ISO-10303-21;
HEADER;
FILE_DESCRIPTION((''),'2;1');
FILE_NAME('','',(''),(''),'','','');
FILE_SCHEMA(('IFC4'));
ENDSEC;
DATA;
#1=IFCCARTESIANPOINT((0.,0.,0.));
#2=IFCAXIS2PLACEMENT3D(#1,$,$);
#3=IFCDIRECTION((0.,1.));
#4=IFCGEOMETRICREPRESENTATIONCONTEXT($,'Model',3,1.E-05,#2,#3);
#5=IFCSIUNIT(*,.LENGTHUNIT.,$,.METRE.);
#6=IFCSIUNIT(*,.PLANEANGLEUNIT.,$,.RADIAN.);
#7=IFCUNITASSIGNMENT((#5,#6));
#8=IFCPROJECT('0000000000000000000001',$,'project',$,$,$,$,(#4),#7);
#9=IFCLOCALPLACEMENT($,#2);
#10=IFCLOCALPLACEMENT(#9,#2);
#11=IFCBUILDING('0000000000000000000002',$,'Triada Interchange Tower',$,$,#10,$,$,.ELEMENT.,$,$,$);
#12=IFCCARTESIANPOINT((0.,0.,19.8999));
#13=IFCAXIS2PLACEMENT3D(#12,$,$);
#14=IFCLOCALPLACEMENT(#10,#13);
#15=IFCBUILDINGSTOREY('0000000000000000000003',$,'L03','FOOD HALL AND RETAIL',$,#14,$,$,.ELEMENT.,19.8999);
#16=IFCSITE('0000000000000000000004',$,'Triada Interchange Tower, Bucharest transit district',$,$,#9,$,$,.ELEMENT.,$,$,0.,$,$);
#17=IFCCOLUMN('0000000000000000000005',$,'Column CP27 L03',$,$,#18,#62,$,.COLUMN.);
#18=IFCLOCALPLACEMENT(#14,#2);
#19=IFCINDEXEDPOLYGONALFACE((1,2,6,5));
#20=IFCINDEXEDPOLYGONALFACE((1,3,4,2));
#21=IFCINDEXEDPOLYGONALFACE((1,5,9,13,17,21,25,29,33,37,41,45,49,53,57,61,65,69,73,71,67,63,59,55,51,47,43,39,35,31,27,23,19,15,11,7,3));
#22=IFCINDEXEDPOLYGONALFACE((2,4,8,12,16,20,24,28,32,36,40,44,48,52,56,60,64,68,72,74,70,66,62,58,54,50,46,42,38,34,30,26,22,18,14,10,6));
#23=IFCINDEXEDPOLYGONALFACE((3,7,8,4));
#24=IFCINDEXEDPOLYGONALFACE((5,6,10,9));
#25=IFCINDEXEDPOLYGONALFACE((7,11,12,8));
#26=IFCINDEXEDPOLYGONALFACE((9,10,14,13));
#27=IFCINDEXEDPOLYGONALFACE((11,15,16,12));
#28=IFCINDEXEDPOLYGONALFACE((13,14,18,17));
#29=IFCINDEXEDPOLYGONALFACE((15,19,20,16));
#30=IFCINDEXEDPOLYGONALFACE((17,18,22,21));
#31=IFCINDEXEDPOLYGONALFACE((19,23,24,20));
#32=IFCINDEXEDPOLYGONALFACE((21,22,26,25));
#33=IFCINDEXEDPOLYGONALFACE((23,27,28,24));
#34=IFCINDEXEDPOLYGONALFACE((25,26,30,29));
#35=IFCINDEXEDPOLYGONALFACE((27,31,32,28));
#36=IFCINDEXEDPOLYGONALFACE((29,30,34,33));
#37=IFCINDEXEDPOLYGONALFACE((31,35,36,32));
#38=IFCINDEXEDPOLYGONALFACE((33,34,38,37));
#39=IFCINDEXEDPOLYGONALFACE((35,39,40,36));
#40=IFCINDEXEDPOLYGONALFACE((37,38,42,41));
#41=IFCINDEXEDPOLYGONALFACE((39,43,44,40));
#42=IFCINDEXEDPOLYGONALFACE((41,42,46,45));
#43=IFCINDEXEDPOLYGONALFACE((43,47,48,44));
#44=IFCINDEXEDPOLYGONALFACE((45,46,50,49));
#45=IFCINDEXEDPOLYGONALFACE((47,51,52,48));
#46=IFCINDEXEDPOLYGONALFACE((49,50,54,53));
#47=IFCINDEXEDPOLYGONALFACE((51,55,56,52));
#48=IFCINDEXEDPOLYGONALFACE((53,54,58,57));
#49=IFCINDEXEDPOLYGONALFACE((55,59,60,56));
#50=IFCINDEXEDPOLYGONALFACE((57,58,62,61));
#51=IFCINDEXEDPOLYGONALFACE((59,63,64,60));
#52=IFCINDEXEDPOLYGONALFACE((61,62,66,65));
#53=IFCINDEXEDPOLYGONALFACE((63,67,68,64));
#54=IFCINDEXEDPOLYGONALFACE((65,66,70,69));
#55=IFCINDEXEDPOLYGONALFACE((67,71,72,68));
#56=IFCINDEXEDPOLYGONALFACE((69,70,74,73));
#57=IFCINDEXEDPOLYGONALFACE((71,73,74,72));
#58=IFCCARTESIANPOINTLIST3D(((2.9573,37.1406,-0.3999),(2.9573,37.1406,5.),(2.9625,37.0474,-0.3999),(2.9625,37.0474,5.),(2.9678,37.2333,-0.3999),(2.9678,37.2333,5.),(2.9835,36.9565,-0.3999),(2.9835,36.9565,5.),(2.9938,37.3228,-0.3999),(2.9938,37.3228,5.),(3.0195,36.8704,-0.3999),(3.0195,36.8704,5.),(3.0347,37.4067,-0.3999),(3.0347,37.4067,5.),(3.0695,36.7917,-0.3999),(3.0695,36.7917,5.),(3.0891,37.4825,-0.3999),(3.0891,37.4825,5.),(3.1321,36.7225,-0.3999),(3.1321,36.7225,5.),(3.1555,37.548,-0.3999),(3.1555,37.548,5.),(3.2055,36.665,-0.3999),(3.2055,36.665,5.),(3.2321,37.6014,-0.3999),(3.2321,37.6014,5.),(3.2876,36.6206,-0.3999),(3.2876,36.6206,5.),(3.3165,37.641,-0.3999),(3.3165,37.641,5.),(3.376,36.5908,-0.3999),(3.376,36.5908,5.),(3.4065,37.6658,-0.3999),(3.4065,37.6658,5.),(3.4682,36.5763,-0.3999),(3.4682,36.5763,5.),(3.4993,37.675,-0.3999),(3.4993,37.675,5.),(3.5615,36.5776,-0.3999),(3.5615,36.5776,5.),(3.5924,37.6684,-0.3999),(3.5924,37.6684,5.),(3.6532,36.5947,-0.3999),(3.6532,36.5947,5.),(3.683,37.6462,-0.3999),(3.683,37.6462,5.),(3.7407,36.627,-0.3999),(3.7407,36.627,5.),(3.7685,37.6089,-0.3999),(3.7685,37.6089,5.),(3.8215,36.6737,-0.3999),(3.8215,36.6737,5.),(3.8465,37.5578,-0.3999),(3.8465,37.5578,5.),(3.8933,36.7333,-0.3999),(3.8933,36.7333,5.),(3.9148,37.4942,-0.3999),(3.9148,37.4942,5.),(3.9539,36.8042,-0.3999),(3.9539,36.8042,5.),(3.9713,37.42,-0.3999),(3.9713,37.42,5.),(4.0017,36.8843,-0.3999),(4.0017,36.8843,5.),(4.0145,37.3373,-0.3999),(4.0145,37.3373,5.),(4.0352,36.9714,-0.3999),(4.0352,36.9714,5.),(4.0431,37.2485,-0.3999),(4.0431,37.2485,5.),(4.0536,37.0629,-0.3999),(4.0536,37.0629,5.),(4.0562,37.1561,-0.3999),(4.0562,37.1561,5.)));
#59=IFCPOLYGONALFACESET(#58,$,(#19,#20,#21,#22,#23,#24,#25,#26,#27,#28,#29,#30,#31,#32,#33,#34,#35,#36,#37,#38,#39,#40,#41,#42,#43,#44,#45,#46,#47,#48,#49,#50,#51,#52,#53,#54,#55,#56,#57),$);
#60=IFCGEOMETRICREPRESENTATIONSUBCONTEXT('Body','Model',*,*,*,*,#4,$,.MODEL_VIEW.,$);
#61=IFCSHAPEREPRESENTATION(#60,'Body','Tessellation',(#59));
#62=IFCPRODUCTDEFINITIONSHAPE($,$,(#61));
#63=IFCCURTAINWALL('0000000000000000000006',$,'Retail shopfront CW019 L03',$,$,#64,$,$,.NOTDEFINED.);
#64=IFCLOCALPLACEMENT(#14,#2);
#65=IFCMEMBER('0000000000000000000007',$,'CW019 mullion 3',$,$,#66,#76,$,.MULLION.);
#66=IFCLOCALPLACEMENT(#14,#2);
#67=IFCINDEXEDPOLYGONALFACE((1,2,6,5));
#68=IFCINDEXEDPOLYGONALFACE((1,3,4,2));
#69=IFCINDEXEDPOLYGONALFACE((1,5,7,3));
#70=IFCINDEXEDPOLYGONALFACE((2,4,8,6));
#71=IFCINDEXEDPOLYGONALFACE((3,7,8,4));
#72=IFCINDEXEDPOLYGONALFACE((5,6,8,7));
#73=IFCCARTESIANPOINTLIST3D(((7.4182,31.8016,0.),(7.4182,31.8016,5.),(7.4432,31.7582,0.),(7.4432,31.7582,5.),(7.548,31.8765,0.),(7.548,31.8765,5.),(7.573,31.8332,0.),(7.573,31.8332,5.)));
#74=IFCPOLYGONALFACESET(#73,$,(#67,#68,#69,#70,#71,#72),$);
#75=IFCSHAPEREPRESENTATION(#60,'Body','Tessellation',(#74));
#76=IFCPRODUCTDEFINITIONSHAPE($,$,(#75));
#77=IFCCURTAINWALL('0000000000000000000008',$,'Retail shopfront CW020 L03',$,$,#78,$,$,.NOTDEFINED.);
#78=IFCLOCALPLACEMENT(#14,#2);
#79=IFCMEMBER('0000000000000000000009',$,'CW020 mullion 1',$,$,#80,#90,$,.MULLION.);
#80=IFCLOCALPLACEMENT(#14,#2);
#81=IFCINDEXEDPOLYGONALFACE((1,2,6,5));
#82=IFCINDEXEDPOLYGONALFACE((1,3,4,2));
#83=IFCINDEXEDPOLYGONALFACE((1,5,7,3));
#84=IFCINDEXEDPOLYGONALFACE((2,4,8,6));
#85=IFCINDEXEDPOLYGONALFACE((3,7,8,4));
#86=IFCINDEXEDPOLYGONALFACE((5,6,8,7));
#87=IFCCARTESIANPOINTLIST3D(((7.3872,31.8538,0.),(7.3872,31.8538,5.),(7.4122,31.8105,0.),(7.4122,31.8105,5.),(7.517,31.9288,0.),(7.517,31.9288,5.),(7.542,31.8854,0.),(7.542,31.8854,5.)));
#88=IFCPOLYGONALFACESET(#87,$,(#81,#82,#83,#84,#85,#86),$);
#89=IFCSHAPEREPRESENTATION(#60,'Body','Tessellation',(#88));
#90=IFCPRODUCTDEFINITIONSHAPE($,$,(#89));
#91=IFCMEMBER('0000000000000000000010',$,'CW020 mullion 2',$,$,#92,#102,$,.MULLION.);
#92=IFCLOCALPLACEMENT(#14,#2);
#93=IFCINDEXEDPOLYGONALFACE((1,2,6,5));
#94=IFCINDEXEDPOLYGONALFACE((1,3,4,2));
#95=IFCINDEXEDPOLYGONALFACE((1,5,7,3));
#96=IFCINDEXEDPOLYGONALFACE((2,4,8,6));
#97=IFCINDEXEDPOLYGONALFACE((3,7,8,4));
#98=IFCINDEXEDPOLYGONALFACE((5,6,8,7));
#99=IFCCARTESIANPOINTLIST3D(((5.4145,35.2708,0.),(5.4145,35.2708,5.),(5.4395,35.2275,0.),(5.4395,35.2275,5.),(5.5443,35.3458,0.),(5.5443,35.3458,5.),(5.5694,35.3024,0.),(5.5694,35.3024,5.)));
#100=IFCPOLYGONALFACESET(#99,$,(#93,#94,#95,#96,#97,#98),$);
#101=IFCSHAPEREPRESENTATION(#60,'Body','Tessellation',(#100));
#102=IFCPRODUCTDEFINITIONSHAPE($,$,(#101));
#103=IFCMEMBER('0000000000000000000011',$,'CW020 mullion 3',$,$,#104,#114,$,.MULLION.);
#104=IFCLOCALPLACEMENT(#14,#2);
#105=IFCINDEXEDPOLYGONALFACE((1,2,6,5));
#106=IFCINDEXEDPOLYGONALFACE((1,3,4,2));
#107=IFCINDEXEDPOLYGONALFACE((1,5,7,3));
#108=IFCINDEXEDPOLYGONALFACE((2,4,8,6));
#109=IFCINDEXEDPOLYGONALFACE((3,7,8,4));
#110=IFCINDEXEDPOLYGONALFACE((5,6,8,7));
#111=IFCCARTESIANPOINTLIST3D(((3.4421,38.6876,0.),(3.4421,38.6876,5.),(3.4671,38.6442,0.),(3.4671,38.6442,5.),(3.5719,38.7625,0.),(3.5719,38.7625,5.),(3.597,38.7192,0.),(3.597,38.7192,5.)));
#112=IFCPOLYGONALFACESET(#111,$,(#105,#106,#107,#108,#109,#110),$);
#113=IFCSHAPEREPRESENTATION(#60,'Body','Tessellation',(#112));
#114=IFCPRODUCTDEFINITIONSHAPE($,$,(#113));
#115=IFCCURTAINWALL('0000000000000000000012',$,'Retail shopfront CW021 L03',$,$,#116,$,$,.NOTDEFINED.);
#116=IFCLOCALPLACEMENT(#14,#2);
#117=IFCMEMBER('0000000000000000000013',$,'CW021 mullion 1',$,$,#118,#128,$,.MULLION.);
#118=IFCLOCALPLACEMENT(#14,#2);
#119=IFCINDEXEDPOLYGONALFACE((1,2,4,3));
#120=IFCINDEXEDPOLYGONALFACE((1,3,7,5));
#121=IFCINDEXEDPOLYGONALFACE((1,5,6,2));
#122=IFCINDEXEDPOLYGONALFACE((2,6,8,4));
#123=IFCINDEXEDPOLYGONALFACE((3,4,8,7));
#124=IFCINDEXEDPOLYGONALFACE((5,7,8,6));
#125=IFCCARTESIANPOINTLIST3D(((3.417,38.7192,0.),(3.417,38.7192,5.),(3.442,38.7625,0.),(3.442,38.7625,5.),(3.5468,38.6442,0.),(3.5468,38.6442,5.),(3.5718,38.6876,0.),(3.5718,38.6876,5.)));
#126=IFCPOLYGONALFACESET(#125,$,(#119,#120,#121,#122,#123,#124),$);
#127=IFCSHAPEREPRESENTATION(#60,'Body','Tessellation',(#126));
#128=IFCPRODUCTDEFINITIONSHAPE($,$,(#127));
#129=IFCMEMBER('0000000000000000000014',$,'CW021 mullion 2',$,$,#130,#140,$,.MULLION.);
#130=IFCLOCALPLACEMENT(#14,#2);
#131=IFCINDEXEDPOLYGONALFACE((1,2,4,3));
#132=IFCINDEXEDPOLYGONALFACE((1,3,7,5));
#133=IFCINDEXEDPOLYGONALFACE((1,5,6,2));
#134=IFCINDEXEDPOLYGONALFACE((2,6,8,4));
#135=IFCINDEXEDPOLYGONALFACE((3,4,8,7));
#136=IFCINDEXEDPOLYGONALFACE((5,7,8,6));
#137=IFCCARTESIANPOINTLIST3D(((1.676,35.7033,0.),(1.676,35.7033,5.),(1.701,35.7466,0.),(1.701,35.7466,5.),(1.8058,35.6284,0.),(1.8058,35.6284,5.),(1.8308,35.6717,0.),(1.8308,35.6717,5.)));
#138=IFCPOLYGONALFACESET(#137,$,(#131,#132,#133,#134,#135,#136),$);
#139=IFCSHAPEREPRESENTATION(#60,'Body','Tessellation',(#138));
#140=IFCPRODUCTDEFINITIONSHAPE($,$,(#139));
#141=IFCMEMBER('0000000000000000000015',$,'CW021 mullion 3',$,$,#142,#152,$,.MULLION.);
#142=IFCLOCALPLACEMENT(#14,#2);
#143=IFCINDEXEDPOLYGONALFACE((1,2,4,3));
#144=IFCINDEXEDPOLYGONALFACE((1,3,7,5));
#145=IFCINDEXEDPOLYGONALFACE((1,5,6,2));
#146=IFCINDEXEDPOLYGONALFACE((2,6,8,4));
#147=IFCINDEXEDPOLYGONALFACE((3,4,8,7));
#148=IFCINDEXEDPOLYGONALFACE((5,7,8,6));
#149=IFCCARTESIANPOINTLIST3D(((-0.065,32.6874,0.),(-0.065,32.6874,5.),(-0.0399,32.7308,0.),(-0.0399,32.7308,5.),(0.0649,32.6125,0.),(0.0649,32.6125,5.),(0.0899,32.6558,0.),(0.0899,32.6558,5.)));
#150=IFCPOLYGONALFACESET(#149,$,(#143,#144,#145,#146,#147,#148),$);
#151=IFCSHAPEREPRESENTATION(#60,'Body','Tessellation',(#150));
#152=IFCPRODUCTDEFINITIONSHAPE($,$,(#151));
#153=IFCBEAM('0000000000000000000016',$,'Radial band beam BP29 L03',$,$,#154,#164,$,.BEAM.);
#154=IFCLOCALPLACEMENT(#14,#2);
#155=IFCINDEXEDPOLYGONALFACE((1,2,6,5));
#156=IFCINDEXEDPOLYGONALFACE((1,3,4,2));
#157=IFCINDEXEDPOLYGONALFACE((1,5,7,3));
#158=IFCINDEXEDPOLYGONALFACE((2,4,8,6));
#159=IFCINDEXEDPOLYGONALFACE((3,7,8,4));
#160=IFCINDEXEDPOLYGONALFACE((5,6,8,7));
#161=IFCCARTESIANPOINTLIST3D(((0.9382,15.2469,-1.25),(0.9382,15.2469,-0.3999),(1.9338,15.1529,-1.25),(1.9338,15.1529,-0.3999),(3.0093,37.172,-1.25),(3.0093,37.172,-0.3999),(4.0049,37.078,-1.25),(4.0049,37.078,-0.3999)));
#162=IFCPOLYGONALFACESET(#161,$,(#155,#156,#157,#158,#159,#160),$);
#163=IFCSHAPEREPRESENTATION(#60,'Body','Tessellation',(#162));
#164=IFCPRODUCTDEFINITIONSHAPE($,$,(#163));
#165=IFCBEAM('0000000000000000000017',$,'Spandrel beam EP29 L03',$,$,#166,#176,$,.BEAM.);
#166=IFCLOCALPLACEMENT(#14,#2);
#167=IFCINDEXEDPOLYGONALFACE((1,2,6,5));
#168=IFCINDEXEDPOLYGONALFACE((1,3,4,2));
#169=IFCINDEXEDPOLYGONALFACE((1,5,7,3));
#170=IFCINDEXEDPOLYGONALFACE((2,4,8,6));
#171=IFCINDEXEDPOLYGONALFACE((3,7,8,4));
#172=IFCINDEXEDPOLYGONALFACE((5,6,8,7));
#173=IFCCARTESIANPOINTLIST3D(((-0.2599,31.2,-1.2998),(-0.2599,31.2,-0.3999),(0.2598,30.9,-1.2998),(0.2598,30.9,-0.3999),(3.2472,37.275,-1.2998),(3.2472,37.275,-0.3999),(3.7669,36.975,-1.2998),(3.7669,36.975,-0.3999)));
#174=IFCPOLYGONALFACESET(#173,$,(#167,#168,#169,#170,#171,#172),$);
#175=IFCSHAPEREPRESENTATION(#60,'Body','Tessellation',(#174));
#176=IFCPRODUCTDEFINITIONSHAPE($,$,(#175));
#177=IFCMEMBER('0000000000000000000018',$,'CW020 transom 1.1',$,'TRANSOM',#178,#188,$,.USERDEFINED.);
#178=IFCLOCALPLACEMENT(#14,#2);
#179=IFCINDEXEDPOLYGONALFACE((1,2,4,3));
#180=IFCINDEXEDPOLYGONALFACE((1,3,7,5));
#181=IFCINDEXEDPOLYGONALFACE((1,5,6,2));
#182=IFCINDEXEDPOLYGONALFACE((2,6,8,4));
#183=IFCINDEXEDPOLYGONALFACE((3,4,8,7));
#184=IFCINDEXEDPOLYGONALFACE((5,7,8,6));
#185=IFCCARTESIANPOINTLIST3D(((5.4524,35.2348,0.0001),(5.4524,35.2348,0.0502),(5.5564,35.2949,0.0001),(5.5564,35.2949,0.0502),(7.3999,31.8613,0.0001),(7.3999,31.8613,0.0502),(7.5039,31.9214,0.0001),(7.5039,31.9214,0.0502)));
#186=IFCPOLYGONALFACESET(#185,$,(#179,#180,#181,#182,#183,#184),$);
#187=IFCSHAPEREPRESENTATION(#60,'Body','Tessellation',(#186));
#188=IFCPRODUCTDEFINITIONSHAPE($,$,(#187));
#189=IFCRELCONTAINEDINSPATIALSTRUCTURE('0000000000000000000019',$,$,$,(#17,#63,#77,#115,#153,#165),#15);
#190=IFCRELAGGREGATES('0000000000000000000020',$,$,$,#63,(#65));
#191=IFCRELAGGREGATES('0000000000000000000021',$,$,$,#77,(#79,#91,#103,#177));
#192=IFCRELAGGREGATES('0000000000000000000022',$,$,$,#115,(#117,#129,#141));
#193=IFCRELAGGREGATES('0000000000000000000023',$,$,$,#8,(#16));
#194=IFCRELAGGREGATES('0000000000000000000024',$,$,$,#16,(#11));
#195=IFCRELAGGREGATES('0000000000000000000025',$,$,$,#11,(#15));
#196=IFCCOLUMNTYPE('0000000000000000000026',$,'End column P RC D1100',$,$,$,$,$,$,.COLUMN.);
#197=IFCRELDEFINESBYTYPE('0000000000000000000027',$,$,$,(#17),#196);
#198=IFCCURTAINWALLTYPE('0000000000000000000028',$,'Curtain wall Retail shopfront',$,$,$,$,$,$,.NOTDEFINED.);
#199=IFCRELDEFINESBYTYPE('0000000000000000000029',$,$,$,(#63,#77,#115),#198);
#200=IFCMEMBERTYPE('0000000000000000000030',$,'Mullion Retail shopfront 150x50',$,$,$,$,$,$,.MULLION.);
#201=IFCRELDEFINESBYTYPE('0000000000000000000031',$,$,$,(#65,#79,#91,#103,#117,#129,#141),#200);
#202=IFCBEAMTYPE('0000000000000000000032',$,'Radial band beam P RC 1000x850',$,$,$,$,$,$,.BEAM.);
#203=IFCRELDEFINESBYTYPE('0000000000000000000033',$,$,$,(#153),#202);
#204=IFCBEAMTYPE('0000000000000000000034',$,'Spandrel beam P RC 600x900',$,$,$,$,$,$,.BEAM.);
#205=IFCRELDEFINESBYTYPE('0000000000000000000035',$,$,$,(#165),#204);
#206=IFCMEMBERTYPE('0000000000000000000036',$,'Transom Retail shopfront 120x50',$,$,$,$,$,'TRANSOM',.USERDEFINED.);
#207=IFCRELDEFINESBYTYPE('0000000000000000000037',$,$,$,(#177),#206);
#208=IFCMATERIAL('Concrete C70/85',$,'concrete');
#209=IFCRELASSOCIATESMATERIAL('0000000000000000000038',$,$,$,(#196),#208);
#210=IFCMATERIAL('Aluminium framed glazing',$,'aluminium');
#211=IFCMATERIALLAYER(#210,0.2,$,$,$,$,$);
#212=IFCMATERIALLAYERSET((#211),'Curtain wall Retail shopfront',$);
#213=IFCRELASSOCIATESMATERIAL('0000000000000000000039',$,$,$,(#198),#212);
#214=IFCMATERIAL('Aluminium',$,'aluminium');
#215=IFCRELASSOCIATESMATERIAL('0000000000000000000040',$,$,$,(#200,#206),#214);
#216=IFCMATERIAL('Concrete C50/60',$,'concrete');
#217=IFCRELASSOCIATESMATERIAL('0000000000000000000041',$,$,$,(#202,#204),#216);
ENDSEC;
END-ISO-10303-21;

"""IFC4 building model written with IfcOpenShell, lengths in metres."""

from ifc_helpers import new_model, si_unit, direction, frame, origin, origin_2d, place, context, subcontext, project, spatial, rectangle, circle, extrude, material, layer, layer_set, material_profile, profile_set, type_object, element, aggregate, save


model = new_model("IFC4")

# Units and contexts
model_context = context("Model", 3, precision=1e-05, world=origin(), true_north=direction((0.0, 1.0)))
body_context = subcontext(model_context, "Body", "Model", "MODEL_VIEW")
ifc_project = project(units=[si_unit("LENGTHUNIT", "METRE"), si_unit("PLANEANGLEUNIT", "RADIAN")], contexts=[model_context])

# Site, building, storey
site_placement = place(None, origin())
site = spatial("IfcSite", under=ifc_project, at=site_placement, Name="Triada Interchange Tower, Bucharest transit district", CompositionType="ELEMENT", RefElevation=0.0)
building_placement = place(site_placement, origin())
building = spatial("IfcBuilding", under=site, at=building_placement, Name="Triada Interchange Tower", CompositionType="ELEMENT")
storey_placement = place(building_placement, frame((0.0, 0.0, 19.8999)))
storey = spatial("IfcBuildingStorey", under=building, at=storey_placement, Name="L03", Description="FOOD HALL AND RETAIL", CompositionType="ELEMENT", Elevation=19.8999)

# Column
ifc_material_1 = material(Name="Concrete C70/85", Category="concrete")
ifc_material_profile_1 = material_profile(ifc_material_1, circle(Radius=0.55, at=origin_2d()), Name="RC D1100")
ifc_profile_set_1 = profile_set([ifc_material_profile_1], Name="Concrete C70/85")
column_type = type_object("IfcColumnType", Name="End column P RC D1100", PredefinedType="COLUMN", material=ifc_profile_set_1)
column_placement = place(storey_placement, frame((3.5071, 37.125, -0.3999), z_axis=(0.0, 0.0, 1.0), x_axis=(-0.5, 0.866025, 0.0)))
element("IfcColumn", 1, at=column_placement, inside=storey, type_object=column_type, Name="Column CP27 L03", PredefinedType="COLUMN", context=body_context, shape_type="SweptSolid", body=[
    extrude(circle(Radius=0.55, at=origin_2d()), origin(), (0.0, 0.0, 1.0), 5.3999),
])

# Curtain wall, member
ifc_material_2 = material(Name="Aluminium framed glazing", Category="aluminium")
ifc_layer_1 = layer(ifc_material_2, 0.2)
ifc_layer_set_1 = layer_set([ifc_layer_1], Name="Curtain wall Retail shopfront")
curtain_wall_type = type_object("IfcCurtainWallType", Name="Curtain wall Retail shopfront", PredefinedType="NOTDEFINED", material=ifc_layer_set_1)
curtain_wall_1_placement = place(storey_placement, origin())
curtain_wall_1 = element("IfcCurtainWall", 2, at=curtain_wall_1_placement, inside=storey, type_object=curtain_wall_type, Name="Retail shopfront CW019 L03", PredefinedType="NOTDEFINED")
ifc_material_3 = material(Name="Aluminium", Category="aluminium")
ifc_material_profile_2 = material_profile(ifc_material_3, rectangle(XDim=0.1499, YDim=0.05, at=origin_2d()), Name="Aluminium mullion")
ifc_profile_set_2 = profile_set([ifc_material_profile_2], Name="Aluminium")
member_type_1 = type_object("IfcMemberType", Name="Mullion Retail shopfront 150x50", PredefinedType="MULLION", material=ifc_profile_set_2)
member_1_placement = place(storey_placement, frame((7.4956, 31.8174, 0.0), z_axis=(0.0, 0.0, 1.0), x_axis=(-0.866055, -0.499948, 0.0)))
member_1 = element("IfcMember", 3, at=member_1_placement, type_object=member_type_1, Name="CW019 mullion 3", PredefinedType="MULLION", context=body_context, shape_type="SweptSolid", body=[
    extrude(rectangle(XDim=0.1499, YDim=0.05, at=origin_2d()), origin(), (0.0, 0.0, 1.0), 5.0),
])
aggregate(curtain_wall_1, [member_1])

# Curtain walls, members
curtain_wall_2_placement = place(storey_placement, origin())
curtain_wall_2 = element("IfcCurtainWall", 4, at=curtain_wall_2_placement, inside=storey, type_object=curtain_wall_type, Name="Retail shopfront CW020 L03", PredefinedType="NOTDEFINED")
member_2_placement = place(storey_placement, frame((7.4646, 31.8696, 0.0), z_axis=(0.0, 0.0, 1.0), x_axis=(-0.866049, -0.499959, 0.0)))
member_2 = element("IfcMember", 5, at=member_2_placement, type_object=member_type_1, Name="CW020 mullion 1", PredefinedType="MULLION", context=body_context, shape_type="SweptSolid", body=[
    extrude(rectangle(XDim=0.1499, YDim=0.05, at=origin_2d()), origin(), (0.0, 0.0, 1.0), 5.0),
])
member_3_placement = place(storey_placement, frame((5.4919, 35.2866, 0.0), z_axis=(0.0, 0.0, 1.0), x_axis=(-0.866049, -0.499959, 0.0)))
member_3 = element("IfcMember", 6, at=member_3_placement, type_object=member_type_1, Name="CW020 mullion 2", PredefinedType="MULLION", context=body_context, shape_type="SweptSolid", body=[
    extrude(rectangle(XDim=0.1499, YDim=0.05, at=origin_2d()), origin(), (0.0, 0.0, 1.0), 5.0),
])
member_4_placement = place(storey_placement, frame((3.5195, 38.7034, 0.0), z_axis=(0.0, 0.0, 1.0), x_axis=(-0.866049, -0.499959, 0.0)))
member_4 = element("IfcMember", 7, at=member_4_placement, type_object=member_type_1, Name="CW020 mullion 3", PredefinedType="MULLION", context=body_context, shape_type="SweptSolid", body=[
    extrude(rectangle(XDim=0.1499, YDim=0.05, at=origin_2d()), origin(), (0.0, 0.0, 1.0), 5.0),
])
curtain_wall_3_placement = place(storey_placement, origin())
curtain_wall_3 = element("IfcCurtainWall", 8, at=curtain_wall_3_placement, inside=storey, type_object=curtain_wall_type, Name="Retail shopfront CW021 L03", PredefinedType="NOTDEFINED")
member_5_placement = place(storey_placement, frame((3.4944, 38.7034, 0.0), z_axis=(0.0, 0.0, 1.0), x_axis=(0.86605, -0.499957, 0.0)))
member_5 = element("IfcMember", 9, at=member_5_placement, type_object=member_type_1, Name="CW021 mullion 1", PredefinedType="MULLION", context=body_context, shape_type="SweptSolid", body=[
    extrude(rectangle(XDim=0.1499, YDim=0.05, at=origin_2d()), origin(), (0.0, 0.0, 1.0), 5.0),
])
member_6_placement = place(storey_placement, frame((1.7534, 35.6875, 0.0), z_axis=(0.0, 0.0, 1.0), x_axis=(0.86605, -0.499957, 0.0)))
member_6 = element("IfcMember", 10, at=member_6_placement, type_object=member_type_1, Name="CW021 mullion 2", PredefinedType="MULLION", context=body_context, shape_type="SweptSolid", body=[
    extrude(rectangle(XDim=0.1499, YDim=0.05, at=origin_2d()), origin(), (0.0, 0.0, 1.0), 5.0),
])
member_7_placement = place(storey_placement, frame((0.0125, 32.6716, 0.0), z_axis=(0.0, 0.0, 1.0), x_axis=(0.86605, -0.499957, 0.0)))
member_7 = element("IfcMember", 11, at=member_7_placement, type_object=member_type_1, Name="CW021 mullion 3", PredefinedType="MULLION", context=body_context, shape_type="SweptSolid", body=[
    extrude(rectangle(XDim=0.1499, YDim=0.05, at=origin_2d()), origin(), (0.0, 0.0, 1.0), 5.0),
])

# Beams
ifc_material_4 = material(Name="Concrete C50/60", Category="concrete")
ifc_material_profile_3 = material_profile(ifc_material_4, rectangle(XDim=1.0, YDim=0.8501, at=origin_2d()), Name="RC 1000x850")
ifc_profile_set_3 = profile_set([ifc_material_profile_3], Name="Concrete C50/60")
beam_type_1 = type_object("IfcBeamType", Name="Radial band beam P RC 1000x850", PredefinedType="BEAM", material=ifc_profile_set_3)
beam_1_placement = place(storey_placement, frame((3.5071, 37.125, -0.825), z_axis=(-0.094042, -0.995568, 0.0), x_axis=(0.995568, -0.094042, 0.0)))
element("IfcBeam", 12, at=beam_1_placement, inside=storey, type_object=beam_type_1, Name="Radial band beam BP29 L03", PredefinedType="BEAM", context=body_context, shape_type="SweptSolid", body=[
    extrude(rectangle(XDim=1.0, YDim=0.8501, at=origin_2d()), origin(), (0.0, 0.0, 1.0), 22.0227),
])
ifc_material_profile_4 = material_profile(ifc_material_4, rectangle(XDim=0.6001, YDim=0.8999, at=origin_2d()), Name="RC 600x900")
ifc_profile_set_4 = profile_set([ifc_material_profile_4], Name="Concrete C50/60")
beam_type_2 = type_object("IfcBeamType", Name="Spandrel beam P RC 600x900", PredefinedType="BEAM", material=ifc_profile_set_4)
beam_2_placement = place(storey_placement, frame((3.5071, 37.125, -0.8499), z_axis=(-0.499968, -0.866044, 0.0), x_axis=(0.866044, -0.499968, 0.0)))
element("IfcBeam", 13, at=beam_2_placement, inside=storey, type_object=beam_type_2, Name="Spandrel beam EP29 L03", PredefinedType="BEAM", context=body_context, shape_type="SweptSolid", body=[
    extrude(rectangle(XDim=0.6001, YDim=0.8999, at=origin_2d()), origin(), (0.0, 0.0, 1.0), 7.0146),
])

# Member
ifc_material_profile_5 = material_profile(ifc_material_3, rectangle(XDim=0.1201, YDim=0.05, at=origin_2d()), Name="Aluminium transom")
ifc_profile_set_5 = profile_set([ifc_material_profile_5], Name="Aluminium")
member_type_2 = type_object("IfcMemberType", Name="Transom Retail shopfront 120x50", ElementType="TRANSOM", PredefinedType="USERDEFINED", material=ifc_profile_set_5)
member_8_placement = place(storey_placement, frame((7.4519, 31.8914, 0.0251), z_axis=(-0.499961, 0.866048, 0.0), x_axis=(-0.866048, -0.499961, 0.0)))
member_8 = element("IfcMember", 14, at=member_8_placement, type_object=member_type_2, Name="CW020 transom 1.1", ObjectType="TRANSOM", PredefinedType="USERDEFINED", context=body_context, shape_type="SweptSolid", body=[
    extrude(rectangle(XDim=0.1201, YDim=0.05, at=origin_2d()), origin(), (0.0, 0.0, 1.0), 3.8953),
])

aggregate(curtain_wall_2, [member_2, member_3, member_4, member_8])
aggregate(curtain_wall_3, [member_5, member_6, member_7])

save(model, "model.ifc")
